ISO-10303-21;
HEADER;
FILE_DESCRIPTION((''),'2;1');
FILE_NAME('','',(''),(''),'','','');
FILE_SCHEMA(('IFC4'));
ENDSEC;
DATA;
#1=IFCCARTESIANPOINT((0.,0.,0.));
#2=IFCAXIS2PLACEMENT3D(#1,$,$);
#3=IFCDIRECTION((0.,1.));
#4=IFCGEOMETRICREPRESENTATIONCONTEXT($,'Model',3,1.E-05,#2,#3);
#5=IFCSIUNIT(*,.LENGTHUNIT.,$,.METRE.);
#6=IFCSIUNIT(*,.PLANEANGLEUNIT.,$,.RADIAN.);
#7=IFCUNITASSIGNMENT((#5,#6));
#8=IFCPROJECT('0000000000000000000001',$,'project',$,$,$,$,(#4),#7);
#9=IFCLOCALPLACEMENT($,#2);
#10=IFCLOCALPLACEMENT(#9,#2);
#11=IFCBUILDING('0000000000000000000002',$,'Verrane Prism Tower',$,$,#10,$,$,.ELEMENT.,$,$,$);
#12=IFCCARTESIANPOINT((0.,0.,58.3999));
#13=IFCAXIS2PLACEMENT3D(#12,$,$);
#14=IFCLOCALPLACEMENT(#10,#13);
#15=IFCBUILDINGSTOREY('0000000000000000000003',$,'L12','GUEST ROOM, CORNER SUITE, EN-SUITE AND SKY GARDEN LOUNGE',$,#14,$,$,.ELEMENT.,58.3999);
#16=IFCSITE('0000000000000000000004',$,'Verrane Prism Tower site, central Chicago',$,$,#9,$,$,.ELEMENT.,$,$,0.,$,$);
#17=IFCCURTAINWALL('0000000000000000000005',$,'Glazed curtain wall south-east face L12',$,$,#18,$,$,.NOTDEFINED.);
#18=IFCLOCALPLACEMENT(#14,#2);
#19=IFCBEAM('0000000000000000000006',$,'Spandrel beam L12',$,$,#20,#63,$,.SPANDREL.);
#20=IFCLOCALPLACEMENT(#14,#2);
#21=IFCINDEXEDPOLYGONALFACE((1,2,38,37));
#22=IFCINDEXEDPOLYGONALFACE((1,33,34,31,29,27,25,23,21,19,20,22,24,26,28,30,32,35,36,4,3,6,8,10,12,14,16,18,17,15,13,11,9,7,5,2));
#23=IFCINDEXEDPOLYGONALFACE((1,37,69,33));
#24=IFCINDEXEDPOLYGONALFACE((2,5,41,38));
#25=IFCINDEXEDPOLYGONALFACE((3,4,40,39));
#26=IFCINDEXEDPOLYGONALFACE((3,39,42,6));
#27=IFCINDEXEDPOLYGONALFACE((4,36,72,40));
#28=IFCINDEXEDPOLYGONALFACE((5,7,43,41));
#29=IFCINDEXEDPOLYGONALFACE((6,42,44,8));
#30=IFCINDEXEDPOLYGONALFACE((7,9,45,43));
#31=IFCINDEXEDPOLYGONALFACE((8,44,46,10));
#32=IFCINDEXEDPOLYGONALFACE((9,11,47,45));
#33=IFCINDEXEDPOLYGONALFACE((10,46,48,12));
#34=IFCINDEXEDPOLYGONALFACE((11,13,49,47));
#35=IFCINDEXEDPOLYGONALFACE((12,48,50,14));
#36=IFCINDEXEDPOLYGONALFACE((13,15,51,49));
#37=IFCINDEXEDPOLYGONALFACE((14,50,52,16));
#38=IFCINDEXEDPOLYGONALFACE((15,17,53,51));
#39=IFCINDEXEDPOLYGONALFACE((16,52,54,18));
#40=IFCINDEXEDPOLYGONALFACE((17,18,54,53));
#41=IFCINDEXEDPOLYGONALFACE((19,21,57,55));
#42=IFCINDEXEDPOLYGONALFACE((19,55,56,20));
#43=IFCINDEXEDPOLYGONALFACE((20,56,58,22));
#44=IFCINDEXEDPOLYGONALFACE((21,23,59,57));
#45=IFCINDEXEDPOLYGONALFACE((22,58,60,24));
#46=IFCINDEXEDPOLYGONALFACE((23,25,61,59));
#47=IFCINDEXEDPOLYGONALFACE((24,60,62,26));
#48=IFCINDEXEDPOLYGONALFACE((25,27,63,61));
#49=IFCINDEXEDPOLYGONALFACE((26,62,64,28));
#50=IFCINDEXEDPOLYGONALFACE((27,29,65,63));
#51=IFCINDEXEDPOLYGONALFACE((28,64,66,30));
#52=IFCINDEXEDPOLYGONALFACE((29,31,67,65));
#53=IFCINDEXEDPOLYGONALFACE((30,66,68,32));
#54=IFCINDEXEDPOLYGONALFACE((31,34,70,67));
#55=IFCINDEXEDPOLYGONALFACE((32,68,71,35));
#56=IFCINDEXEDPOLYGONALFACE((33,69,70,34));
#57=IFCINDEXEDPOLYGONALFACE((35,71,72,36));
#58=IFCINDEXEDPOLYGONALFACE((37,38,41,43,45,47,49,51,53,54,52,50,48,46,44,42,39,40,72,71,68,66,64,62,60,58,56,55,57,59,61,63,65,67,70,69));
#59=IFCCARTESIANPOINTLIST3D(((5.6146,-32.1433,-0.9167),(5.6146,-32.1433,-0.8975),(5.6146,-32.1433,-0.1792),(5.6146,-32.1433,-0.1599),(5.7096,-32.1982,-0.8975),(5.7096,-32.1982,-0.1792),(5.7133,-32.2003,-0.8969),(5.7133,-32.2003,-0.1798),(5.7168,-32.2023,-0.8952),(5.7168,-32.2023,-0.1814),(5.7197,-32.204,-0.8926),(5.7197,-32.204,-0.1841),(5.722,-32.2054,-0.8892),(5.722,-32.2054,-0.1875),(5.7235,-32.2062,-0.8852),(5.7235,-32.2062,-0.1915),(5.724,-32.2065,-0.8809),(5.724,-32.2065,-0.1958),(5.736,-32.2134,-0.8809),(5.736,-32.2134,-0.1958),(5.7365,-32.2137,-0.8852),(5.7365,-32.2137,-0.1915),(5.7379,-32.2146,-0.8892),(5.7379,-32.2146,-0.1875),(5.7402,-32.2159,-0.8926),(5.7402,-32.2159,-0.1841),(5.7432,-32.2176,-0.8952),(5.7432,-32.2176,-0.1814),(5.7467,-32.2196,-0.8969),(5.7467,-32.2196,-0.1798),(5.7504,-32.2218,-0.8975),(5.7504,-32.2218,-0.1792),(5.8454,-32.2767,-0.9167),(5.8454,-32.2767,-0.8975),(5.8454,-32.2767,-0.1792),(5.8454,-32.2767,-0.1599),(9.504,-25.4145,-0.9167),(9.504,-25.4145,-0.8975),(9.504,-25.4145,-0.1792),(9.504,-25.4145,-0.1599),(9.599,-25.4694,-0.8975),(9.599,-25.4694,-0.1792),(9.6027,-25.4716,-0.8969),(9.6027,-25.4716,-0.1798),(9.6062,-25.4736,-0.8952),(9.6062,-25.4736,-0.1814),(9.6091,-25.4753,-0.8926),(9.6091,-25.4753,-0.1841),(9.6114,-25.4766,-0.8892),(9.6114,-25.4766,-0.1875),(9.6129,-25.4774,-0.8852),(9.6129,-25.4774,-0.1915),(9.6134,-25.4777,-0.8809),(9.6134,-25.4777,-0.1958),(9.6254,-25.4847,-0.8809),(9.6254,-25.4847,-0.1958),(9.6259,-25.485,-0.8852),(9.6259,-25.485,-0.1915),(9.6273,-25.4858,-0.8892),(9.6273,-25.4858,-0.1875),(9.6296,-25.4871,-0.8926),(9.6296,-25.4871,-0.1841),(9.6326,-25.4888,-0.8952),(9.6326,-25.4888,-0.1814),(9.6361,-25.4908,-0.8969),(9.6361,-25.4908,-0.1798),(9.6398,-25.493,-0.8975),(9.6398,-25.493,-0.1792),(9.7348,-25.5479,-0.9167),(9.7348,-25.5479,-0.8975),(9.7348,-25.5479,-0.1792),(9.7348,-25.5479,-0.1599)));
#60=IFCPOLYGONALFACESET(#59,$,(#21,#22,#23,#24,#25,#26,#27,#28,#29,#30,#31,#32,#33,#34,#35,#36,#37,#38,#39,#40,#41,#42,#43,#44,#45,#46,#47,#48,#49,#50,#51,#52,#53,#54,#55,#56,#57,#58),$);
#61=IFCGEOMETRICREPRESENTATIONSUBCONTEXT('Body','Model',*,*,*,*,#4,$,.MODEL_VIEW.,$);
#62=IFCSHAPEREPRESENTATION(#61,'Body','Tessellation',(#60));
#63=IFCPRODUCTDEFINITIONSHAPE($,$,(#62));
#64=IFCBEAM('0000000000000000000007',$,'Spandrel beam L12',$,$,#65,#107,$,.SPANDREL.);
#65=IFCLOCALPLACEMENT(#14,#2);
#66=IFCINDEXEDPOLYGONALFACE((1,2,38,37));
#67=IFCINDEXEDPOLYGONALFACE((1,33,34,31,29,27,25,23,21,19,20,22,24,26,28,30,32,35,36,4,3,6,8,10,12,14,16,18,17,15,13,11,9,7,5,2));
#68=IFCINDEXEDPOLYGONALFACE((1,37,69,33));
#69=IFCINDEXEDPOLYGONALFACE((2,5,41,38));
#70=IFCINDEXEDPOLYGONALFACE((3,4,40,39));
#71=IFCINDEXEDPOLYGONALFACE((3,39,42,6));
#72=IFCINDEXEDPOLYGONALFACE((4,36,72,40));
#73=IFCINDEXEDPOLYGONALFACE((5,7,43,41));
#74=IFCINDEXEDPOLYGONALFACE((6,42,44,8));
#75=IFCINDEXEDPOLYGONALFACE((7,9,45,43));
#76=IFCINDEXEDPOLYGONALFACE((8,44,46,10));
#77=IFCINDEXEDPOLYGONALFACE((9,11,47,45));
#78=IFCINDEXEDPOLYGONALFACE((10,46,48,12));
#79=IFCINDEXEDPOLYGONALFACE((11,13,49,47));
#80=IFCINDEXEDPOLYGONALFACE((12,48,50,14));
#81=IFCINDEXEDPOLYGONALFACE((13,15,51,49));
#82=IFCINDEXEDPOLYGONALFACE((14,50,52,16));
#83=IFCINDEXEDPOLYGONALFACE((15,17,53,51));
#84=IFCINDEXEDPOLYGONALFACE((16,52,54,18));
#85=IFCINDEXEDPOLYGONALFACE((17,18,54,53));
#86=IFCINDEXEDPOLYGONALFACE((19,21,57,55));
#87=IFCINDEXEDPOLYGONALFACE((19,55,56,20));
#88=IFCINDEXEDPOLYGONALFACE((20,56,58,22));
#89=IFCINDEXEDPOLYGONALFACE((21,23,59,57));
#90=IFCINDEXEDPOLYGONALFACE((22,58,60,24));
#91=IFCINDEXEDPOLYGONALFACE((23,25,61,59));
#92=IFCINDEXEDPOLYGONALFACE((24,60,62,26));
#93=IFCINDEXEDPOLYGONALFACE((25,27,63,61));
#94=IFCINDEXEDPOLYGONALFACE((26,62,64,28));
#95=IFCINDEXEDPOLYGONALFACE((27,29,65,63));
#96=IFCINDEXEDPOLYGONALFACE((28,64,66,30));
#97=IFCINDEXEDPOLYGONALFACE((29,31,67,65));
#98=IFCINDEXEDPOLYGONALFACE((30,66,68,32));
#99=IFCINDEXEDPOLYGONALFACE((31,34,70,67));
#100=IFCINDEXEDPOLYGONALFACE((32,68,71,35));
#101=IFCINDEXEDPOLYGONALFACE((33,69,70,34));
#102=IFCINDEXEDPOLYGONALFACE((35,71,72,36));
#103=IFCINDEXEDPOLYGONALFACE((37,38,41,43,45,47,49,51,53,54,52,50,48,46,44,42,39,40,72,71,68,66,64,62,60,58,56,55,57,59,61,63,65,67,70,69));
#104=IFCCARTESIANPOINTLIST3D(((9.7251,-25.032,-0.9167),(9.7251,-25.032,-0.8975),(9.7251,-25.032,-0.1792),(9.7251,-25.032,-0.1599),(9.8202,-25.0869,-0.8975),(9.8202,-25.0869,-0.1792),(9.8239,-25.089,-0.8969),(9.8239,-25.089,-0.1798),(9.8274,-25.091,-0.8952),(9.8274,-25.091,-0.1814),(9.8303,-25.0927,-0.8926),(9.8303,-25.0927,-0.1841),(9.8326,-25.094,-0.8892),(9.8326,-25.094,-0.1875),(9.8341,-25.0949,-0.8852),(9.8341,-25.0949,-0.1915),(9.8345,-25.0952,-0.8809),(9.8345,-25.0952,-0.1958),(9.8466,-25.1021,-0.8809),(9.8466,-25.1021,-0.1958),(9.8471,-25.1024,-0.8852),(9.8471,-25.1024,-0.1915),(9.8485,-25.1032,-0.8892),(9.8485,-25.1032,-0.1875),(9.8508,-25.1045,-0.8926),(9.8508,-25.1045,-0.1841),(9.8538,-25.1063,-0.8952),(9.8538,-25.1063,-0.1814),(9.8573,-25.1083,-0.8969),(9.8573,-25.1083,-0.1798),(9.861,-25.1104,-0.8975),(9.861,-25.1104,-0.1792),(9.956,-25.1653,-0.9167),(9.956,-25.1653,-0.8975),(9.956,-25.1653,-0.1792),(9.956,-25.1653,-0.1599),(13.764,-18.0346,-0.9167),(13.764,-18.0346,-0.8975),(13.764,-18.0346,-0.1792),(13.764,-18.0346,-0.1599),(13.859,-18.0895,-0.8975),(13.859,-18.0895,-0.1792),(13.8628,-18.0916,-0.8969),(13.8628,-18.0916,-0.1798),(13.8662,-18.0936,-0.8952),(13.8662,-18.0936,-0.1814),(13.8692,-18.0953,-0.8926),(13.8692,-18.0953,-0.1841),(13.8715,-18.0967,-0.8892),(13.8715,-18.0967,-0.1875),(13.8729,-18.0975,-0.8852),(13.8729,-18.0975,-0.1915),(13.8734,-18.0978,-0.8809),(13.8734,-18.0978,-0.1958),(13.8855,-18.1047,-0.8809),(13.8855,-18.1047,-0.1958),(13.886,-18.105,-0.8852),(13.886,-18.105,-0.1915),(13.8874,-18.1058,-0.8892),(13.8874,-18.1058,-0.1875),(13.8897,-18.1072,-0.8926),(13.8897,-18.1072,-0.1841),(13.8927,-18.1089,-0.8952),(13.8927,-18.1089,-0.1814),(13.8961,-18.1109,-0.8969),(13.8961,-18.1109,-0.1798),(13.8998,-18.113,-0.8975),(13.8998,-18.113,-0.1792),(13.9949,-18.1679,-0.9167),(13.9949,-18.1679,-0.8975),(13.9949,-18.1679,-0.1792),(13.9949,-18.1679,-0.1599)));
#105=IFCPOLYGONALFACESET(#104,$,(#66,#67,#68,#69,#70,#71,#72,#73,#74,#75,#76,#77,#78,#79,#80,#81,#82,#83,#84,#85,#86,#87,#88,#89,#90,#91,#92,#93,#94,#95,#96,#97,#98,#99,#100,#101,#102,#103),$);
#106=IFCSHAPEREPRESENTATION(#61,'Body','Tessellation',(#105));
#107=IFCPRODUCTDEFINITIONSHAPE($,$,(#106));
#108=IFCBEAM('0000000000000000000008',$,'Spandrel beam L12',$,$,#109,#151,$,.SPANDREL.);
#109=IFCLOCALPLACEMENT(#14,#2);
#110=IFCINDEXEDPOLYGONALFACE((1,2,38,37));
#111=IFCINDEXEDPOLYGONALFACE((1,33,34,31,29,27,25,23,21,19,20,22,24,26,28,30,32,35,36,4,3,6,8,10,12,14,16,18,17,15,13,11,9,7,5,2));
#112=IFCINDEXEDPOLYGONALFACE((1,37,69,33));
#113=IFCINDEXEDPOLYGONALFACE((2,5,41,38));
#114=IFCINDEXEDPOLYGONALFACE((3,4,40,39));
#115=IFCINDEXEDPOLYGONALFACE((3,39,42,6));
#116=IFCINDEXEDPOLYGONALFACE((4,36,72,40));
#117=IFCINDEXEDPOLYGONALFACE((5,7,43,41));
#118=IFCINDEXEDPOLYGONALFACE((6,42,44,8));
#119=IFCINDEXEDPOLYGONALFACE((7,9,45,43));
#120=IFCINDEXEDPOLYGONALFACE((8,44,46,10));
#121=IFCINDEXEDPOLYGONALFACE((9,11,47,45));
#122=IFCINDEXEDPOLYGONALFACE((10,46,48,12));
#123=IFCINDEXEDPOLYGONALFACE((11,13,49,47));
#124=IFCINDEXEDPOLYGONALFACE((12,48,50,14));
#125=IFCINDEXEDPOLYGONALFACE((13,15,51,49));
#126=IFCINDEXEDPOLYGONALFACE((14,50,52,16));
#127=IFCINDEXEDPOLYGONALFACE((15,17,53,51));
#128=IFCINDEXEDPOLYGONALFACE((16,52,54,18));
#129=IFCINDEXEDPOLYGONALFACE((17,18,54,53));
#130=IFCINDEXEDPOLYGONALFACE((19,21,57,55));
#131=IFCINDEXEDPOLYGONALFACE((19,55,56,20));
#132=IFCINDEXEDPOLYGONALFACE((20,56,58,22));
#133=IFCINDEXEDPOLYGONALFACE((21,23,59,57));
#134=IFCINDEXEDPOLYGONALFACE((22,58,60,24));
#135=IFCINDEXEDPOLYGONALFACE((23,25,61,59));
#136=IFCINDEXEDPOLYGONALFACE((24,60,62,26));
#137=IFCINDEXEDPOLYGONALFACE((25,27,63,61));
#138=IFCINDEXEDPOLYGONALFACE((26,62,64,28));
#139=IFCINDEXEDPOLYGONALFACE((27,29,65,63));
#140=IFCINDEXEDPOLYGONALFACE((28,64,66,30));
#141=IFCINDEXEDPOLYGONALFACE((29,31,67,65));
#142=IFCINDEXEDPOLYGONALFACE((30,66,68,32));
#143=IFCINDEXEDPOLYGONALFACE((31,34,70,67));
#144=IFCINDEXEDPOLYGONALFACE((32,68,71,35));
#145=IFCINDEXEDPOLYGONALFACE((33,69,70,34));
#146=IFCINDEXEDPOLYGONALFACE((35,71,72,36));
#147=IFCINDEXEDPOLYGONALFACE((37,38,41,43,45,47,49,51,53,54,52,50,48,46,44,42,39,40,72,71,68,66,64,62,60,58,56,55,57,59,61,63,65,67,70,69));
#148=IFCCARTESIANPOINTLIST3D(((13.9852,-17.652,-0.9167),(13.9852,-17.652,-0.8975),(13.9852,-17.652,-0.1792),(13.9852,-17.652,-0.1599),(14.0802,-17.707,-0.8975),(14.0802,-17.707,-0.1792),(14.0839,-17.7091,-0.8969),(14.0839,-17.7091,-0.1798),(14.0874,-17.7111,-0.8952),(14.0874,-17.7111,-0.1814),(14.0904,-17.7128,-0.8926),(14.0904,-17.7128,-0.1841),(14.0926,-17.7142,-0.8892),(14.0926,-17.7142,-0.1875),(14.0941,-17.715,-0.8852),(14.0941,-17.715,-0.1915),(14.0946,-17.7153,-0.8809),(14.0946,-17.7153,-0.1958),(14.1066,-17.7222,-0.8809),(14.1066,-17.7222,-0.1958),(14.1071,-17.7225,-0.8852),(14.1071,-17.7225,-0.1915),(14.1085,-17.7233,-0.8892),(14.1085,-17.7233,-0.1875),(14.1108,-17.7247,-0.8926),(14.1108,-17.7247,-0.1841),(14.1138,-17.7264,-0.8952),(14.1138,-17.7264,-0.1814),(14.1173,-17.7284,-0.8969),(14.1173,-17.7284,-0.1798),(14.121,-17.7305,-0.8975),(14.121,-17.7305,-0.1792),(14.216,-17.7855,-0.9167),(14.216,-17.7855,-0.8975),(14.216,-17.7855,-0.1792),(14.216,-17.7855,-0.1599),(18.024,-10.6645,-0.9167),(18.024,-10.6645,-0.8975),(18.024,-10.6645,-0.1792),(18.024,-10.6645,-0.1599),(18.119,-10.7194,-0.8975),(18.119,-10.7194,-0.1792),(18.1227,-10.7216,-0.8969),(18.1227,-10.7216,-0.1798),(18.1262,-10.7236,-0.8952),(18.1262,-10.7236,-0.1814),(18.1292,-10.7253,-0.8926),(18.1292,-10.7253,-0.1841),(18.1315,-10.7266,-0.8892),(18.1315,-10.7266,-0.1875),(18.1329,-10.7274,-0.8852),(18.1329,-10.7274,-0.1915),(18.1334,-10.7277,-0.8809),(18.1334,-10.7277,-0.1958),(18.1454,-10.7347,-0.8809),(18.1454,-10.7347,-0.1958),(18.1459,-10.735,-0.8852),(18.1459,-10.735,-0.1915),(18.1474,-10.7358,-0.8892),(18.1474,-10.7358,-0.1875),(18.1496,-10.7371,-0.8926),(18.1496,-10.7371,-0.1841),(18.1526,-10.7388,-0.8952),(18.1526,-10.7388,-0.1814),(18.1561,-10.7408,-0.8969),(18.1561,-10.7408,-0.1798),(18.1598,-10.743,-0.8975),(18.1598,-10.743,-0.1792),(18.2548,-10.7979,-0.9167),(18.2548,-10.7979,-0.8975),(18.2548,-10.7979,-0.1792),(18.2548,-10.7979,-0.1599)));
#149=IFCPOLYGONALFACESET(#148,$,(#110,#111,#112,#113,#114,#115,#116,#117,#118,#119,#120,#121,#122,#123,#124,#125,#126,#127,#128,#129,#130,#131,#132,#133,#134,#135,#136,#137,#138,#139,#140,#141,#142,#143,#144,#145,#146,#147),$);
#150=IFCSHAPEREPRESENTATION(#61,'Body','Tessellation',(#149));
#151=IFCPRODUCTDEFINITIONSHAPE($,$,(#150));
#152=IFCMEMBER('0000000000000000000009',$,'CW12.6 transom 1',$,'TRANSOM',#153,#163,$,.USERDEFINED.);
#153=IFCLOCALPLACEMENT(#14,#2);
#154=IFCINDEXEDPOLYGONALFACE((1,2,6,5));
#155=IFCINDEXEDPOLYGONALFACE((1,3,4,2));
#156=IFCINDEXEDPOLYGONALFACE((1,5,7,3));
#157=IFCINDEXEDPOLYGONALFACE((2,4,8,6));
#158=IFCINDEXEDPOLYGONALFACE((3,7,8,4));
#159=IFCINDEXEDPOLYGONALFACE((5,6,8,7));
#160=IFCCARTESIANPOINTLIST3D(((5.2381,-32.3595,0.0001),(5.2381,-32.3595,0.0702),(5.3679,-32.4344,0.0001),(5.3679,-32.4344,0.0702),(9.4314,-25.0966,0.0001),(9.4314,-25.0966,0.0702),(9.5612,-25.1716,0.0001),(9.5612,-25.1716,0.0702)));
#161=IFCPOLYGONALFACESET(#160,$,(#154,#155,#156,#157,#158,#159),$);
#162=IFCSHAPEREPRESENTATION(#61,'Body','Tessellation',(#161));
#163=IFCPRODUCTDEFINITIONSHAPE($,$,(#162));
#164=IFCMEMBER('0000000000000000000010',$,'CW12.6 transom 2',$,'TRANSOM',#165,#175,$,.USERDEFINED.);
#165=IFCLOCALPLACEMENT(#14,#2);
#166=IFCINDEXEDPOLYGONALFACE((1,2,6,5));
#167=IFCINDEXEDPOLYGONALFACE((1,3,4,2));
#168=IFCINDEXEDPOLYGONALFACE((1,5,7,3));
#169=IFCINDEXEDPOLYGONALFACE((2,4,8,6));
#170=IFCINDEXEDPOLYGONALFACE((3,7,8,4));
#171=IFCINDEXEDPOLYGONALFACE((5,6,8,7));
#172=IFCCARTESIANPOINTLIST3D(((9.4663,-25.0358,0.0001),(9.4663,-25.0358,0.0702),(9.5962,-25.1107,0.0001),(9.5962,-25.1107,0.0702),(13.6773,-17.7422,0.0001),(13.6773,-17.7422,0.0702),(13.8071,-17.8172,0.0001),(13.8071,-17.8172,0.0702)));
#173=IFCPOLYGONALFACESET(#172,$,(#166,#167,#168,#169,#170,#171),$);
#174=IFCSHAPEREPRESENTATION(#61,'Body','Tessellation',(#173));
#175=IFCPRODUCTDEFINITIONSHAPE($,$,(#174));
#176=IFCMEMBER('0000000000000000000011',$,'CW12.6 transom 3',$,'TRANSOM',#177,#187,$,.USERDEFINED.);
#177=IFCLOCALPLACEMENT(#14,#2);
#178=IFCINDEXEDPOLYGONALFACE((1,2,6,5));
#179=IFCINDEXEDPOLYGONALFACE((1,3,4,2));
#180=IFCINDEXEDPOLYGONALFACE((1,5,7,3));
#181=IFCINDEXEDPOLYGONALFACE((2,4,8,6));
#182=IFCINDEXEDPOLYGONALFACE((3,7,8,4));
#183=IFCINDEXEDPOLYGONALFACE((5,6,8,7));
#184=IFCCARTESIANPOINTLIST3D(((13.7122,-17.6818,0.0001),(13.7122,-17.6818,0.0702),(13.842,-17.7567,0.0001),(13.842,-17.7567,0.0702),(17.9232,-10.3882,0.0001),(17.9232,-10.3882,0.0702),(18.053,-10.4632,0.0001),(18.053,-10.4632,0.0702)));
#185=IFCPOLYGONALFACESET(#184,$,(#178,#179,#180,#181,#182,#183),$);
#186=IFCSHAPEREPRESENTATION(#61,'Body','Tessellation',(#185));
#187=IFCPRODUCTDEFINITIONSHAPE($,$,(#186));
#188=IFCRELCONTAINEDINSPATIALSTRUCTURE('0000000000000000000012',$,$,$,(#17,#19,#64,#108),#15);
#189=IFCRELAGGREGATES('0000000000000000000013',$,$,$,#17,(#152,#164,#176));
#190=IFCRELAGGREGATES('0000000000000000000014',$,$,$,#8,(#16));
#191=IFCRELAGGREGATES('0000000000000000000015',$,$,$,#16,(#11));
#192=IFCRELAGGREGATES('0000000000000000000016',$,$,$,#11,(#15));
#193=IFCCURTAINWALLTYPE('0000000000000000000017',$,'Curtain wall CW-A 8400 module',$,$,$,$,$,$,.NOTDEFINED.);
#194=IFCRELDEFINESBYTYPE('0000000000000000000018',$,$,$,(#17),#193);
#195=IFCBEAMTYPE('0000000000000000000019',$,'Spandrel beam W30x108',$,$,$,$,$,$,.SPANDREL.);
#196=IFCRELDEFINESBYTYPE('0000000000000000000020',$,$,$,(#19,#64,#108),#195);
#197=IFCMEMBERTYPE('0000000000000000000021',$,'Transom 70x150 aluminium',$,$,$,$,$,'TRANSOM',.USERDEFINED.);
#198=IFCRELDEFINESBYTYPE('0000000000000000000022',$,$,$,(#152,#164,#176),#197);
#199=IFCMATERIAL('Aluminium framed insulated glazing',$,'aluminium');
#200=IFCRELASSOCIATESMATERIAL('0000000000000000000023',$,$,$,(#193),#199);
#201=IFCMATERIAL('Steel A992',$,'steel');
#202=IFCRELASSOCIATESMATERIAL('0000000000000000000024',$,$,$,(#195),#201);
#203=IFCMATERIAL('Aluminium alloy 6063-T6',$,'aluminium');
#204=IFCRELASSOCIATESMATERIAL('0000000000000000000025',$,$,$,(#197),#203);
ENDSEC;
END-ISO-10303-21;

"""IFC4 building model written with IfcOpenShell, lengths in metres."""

from ifc_helpers import new_model, si_unit, direction, frame, origin, origin_2d, place, context, subcontext, project, spatial, rectangle, i_section, extrude, material, material_profile, profile_set, type_object, element, aggregate, save


model = new_model("IFC4")

# Units and contexts
model_context = context("Model", 3, precision=1e-05, world=origin(), true_north=direction((0.0, 1.0)))
body_context = subcontext(model_context, "Body", "Model", "MODEL_VIEW")
ifc_project = project(units=[si_unit("LENGTHUNIT", "METRE"), si_unit("PLANEANGLEUNIT", "RADIAN")], contexts=[model_context])

# Site, building, storey
site_placement = place(None, origin())
site = spatial("IfcSite", under=ifc_project, at=site_placement, Name="Verrane Prism Tower site, central Chicago", CompositionType="ELEMENT", RefElevation=0.0)
building_placement = place(site_placement, origin())
building = spatial("IfcBuilding", under=site, at=building_placement, Name="Verrane Prism Tower", CompositionType="ELEMENT")
storey_placement = place(building_placement, frame((0.0, 0.0, 58.3999)))
storey = spatial("IfcBuildingStorey", under=building, at=storey_placement, Name="L12", Description="GUEST ROOM, CORNER SUITE, EN-SUITE AND SKY GARDEN LOUNGE", CompositionType="ELEMENT", Elevation=58.3999)

# Curtain wall
ifc_material_1 = material(Name="Aluminium framed insulated glazing", Category="aluminium")
curtain_wall_type = type_object("IfcCurtainWallType", Name="Curtain wall CW-A 8400 module", PredefinedType="NOTDEFINED", material=ifc_material_1)
curtain_wall_1_placement = place(storey_placement, origin())
curtain_wall_1 = element("IfcCurtainWall", 1, at=curtain_wall_1_placement, inside=storey, type_object=curtain_wall_type, Name="Glazed curtain wall south-east face L12", PredefinedType="NOTDEFINED")

# Beams
ifc_material_2 = material(Name="Steel A992", Category="steel")
ifc_material_profile_1 = material_profile(ifc_material_2, i_section(OverallWidth=0.2666, OverallDepth=0.7568, WebThickness=0.0139, FlangeThickness=0.0193, FilletRadius=0.0166, at=origin_2d()), Name="W30x108")
ifc_profile_set_1 = profile_set([ifc_material_profile_1], Name="Steel A992")
beam_type_1 = type_object("IfcBeamType", Name="Spandrel beam W30x108", PredefinedType="SPANDREL", material=ifc_profile_set_1)
beam_1_placement = place(storey_placement, frame((5.73, -32.21, -0.5383), z_axis=(0.500439, 0.865772, 0.0), x_axis=(-0.865772, 0.500439, 0.0)))
element("IfcBeam", 2, at=beam_1_placement, inside=storey, type_object=beam_type_1, Name="Spandrel beam L12", PredefinedType="SPANDREL", context=body_context, shape_type="SweptSolid", body=[
    extrude(i_section(OverallWidth=0.2666, OverallDepth=0.7568, WebThickness=0.0139, FlangeThickness=0.0193, FilletRadius=0.0166, at=origin_2d()), origin(), (0.0, 0.0, 1.0), 7.772),
])
beam_2_placement = place(storey_placement, frame((9.8406, -25.0986, -0.5383), z_axis=(0.499899, 0.866083, 0.0), x_axis=(-0.866083, 0.499899, 0.0)))
element("IfcBeam", 3, at=beam_2_placement, inside=storey, type_object=beam_type_1, Name="Spandrel beam L12", PredefinedType="SPANDREL", context=body_context, shape_type="SweptSolid", body=[
    extrude(i_section(OverallWidth=0.2666, OverallDepth=0.7568, WebThickness=0.0139, FlangeThickness=0.0193, FilletRadius=0.0166, at=origin_2d()), origin(), (0.0, 0.0, 1.0), 8.0793),
])
beam_3_placement = place(storey_placement, frame((14.1006, -17.7188, -0.5383), z_axis=(0.500423, 0.865781, 0.0), x_axis=(-0.865781, 0.500423, 0.0)))
element("IfcBeam", 4, at=beam_3_placement, inside=storey, type_object=beam_type_1, Name="Spandrel beam L12", PredefinedType="SPANDREL", context=body_context, shape_type="SweptSolid", body=[
    extrude(i_section(OverallWidth=0.2666, OverallDepth=0.7568, WebThickness=0.0139, FlangeThickness=0.0193, FilletRadius=0.0166, at=origin_2d()), origin(), (0.0, 0.0, 1.0), 8.0708),
])

# Members
ifc_material_3 = material(Name="Aluminium alloy 6063-T6", Category="aluminium")
ifc_material_profile_2 = material_profile(ifc_material_3, rectangle(XDim=0.1499, YDim=0.0701, at=origin_2d()), Name="Transom 70x150 aluminium")
ifc_profile_set_2 = profile_set([ifc_material_profile_2], Name="Aluminium alloy 6063-T6")
member_type_1 = type_object("IfcMemberType", Name="Transom 70x150 aluminium", ElementType="TRANSOM", PredefinedType="USERDEFINED", material=ifc_profile_set_2)
member_1_placement = place(storey_placement, frame((5.303, -32.397, 0.0352), z_axis=(0.500009, 0.86602, 0.0), x_axis=(-0.86602, 0.500009, 0.0)))
member_1 = element("IfcMember", 5, at=member_1_placement, type_object=member_type_1, Name="CW12.6 transom 1", ObjectType="TRANSOM", PredefinedType="USERDEFINED", context=body_context, shape_type="SweptSolid", body=[
    extrude(rectangle(XDim=0.1499, YDim=0.0701, at=origin_2d()), origin(), (0.0, 0.0, 1.0), 8.3865),
])
member_2_placement = place(storey_placement, frame((9.5312, -25.0732, 0.0352), z_axis=(0.500005, 0.866022, 0.0), x_axis=(-0.866022, 0.500005, 0.0)))
member_2 = element("IfcMember", 6, at=member_2_placement, type_object=member_type_1, Name="CW12.6 transom 2", ObjectType="TRANSOM", PredefinedType="USERDEFINED", context=body_context, shape_type="SweptSolid", body=[
    extrude(rectangle(XDim=0.1499, YDim=0.0701, at=origin_2d()), origin(), (0.0, 0.0, 1.0), 8.4219),
])
member_3_placement = place(storey_placement, frame((13.7771, -17.7192, 0.0352), z_axis=(0.500005, 0.866022, 0.0), x_axis=(-0.866022, 0.500005, 0.0)))
member_3 = element("IfcMember", 7, at=member_3_placement, type_object=member_type_1, Name="CW12.6 transom 3", ObjectType="TRANSOM", PredefinedType="USERDEFINED", context=body_context, shape_type="SweptSolid", body=[
    extrude(rectangle(XDim=0.1499, YDim=0.0701, at=origin_2d()), origin(), (0.0, 0.0, 1.0), 8.4219),
])

aggregate(curtain_wall_1, [member_1, member_2, member_3])

save(model, "model.ifc")
